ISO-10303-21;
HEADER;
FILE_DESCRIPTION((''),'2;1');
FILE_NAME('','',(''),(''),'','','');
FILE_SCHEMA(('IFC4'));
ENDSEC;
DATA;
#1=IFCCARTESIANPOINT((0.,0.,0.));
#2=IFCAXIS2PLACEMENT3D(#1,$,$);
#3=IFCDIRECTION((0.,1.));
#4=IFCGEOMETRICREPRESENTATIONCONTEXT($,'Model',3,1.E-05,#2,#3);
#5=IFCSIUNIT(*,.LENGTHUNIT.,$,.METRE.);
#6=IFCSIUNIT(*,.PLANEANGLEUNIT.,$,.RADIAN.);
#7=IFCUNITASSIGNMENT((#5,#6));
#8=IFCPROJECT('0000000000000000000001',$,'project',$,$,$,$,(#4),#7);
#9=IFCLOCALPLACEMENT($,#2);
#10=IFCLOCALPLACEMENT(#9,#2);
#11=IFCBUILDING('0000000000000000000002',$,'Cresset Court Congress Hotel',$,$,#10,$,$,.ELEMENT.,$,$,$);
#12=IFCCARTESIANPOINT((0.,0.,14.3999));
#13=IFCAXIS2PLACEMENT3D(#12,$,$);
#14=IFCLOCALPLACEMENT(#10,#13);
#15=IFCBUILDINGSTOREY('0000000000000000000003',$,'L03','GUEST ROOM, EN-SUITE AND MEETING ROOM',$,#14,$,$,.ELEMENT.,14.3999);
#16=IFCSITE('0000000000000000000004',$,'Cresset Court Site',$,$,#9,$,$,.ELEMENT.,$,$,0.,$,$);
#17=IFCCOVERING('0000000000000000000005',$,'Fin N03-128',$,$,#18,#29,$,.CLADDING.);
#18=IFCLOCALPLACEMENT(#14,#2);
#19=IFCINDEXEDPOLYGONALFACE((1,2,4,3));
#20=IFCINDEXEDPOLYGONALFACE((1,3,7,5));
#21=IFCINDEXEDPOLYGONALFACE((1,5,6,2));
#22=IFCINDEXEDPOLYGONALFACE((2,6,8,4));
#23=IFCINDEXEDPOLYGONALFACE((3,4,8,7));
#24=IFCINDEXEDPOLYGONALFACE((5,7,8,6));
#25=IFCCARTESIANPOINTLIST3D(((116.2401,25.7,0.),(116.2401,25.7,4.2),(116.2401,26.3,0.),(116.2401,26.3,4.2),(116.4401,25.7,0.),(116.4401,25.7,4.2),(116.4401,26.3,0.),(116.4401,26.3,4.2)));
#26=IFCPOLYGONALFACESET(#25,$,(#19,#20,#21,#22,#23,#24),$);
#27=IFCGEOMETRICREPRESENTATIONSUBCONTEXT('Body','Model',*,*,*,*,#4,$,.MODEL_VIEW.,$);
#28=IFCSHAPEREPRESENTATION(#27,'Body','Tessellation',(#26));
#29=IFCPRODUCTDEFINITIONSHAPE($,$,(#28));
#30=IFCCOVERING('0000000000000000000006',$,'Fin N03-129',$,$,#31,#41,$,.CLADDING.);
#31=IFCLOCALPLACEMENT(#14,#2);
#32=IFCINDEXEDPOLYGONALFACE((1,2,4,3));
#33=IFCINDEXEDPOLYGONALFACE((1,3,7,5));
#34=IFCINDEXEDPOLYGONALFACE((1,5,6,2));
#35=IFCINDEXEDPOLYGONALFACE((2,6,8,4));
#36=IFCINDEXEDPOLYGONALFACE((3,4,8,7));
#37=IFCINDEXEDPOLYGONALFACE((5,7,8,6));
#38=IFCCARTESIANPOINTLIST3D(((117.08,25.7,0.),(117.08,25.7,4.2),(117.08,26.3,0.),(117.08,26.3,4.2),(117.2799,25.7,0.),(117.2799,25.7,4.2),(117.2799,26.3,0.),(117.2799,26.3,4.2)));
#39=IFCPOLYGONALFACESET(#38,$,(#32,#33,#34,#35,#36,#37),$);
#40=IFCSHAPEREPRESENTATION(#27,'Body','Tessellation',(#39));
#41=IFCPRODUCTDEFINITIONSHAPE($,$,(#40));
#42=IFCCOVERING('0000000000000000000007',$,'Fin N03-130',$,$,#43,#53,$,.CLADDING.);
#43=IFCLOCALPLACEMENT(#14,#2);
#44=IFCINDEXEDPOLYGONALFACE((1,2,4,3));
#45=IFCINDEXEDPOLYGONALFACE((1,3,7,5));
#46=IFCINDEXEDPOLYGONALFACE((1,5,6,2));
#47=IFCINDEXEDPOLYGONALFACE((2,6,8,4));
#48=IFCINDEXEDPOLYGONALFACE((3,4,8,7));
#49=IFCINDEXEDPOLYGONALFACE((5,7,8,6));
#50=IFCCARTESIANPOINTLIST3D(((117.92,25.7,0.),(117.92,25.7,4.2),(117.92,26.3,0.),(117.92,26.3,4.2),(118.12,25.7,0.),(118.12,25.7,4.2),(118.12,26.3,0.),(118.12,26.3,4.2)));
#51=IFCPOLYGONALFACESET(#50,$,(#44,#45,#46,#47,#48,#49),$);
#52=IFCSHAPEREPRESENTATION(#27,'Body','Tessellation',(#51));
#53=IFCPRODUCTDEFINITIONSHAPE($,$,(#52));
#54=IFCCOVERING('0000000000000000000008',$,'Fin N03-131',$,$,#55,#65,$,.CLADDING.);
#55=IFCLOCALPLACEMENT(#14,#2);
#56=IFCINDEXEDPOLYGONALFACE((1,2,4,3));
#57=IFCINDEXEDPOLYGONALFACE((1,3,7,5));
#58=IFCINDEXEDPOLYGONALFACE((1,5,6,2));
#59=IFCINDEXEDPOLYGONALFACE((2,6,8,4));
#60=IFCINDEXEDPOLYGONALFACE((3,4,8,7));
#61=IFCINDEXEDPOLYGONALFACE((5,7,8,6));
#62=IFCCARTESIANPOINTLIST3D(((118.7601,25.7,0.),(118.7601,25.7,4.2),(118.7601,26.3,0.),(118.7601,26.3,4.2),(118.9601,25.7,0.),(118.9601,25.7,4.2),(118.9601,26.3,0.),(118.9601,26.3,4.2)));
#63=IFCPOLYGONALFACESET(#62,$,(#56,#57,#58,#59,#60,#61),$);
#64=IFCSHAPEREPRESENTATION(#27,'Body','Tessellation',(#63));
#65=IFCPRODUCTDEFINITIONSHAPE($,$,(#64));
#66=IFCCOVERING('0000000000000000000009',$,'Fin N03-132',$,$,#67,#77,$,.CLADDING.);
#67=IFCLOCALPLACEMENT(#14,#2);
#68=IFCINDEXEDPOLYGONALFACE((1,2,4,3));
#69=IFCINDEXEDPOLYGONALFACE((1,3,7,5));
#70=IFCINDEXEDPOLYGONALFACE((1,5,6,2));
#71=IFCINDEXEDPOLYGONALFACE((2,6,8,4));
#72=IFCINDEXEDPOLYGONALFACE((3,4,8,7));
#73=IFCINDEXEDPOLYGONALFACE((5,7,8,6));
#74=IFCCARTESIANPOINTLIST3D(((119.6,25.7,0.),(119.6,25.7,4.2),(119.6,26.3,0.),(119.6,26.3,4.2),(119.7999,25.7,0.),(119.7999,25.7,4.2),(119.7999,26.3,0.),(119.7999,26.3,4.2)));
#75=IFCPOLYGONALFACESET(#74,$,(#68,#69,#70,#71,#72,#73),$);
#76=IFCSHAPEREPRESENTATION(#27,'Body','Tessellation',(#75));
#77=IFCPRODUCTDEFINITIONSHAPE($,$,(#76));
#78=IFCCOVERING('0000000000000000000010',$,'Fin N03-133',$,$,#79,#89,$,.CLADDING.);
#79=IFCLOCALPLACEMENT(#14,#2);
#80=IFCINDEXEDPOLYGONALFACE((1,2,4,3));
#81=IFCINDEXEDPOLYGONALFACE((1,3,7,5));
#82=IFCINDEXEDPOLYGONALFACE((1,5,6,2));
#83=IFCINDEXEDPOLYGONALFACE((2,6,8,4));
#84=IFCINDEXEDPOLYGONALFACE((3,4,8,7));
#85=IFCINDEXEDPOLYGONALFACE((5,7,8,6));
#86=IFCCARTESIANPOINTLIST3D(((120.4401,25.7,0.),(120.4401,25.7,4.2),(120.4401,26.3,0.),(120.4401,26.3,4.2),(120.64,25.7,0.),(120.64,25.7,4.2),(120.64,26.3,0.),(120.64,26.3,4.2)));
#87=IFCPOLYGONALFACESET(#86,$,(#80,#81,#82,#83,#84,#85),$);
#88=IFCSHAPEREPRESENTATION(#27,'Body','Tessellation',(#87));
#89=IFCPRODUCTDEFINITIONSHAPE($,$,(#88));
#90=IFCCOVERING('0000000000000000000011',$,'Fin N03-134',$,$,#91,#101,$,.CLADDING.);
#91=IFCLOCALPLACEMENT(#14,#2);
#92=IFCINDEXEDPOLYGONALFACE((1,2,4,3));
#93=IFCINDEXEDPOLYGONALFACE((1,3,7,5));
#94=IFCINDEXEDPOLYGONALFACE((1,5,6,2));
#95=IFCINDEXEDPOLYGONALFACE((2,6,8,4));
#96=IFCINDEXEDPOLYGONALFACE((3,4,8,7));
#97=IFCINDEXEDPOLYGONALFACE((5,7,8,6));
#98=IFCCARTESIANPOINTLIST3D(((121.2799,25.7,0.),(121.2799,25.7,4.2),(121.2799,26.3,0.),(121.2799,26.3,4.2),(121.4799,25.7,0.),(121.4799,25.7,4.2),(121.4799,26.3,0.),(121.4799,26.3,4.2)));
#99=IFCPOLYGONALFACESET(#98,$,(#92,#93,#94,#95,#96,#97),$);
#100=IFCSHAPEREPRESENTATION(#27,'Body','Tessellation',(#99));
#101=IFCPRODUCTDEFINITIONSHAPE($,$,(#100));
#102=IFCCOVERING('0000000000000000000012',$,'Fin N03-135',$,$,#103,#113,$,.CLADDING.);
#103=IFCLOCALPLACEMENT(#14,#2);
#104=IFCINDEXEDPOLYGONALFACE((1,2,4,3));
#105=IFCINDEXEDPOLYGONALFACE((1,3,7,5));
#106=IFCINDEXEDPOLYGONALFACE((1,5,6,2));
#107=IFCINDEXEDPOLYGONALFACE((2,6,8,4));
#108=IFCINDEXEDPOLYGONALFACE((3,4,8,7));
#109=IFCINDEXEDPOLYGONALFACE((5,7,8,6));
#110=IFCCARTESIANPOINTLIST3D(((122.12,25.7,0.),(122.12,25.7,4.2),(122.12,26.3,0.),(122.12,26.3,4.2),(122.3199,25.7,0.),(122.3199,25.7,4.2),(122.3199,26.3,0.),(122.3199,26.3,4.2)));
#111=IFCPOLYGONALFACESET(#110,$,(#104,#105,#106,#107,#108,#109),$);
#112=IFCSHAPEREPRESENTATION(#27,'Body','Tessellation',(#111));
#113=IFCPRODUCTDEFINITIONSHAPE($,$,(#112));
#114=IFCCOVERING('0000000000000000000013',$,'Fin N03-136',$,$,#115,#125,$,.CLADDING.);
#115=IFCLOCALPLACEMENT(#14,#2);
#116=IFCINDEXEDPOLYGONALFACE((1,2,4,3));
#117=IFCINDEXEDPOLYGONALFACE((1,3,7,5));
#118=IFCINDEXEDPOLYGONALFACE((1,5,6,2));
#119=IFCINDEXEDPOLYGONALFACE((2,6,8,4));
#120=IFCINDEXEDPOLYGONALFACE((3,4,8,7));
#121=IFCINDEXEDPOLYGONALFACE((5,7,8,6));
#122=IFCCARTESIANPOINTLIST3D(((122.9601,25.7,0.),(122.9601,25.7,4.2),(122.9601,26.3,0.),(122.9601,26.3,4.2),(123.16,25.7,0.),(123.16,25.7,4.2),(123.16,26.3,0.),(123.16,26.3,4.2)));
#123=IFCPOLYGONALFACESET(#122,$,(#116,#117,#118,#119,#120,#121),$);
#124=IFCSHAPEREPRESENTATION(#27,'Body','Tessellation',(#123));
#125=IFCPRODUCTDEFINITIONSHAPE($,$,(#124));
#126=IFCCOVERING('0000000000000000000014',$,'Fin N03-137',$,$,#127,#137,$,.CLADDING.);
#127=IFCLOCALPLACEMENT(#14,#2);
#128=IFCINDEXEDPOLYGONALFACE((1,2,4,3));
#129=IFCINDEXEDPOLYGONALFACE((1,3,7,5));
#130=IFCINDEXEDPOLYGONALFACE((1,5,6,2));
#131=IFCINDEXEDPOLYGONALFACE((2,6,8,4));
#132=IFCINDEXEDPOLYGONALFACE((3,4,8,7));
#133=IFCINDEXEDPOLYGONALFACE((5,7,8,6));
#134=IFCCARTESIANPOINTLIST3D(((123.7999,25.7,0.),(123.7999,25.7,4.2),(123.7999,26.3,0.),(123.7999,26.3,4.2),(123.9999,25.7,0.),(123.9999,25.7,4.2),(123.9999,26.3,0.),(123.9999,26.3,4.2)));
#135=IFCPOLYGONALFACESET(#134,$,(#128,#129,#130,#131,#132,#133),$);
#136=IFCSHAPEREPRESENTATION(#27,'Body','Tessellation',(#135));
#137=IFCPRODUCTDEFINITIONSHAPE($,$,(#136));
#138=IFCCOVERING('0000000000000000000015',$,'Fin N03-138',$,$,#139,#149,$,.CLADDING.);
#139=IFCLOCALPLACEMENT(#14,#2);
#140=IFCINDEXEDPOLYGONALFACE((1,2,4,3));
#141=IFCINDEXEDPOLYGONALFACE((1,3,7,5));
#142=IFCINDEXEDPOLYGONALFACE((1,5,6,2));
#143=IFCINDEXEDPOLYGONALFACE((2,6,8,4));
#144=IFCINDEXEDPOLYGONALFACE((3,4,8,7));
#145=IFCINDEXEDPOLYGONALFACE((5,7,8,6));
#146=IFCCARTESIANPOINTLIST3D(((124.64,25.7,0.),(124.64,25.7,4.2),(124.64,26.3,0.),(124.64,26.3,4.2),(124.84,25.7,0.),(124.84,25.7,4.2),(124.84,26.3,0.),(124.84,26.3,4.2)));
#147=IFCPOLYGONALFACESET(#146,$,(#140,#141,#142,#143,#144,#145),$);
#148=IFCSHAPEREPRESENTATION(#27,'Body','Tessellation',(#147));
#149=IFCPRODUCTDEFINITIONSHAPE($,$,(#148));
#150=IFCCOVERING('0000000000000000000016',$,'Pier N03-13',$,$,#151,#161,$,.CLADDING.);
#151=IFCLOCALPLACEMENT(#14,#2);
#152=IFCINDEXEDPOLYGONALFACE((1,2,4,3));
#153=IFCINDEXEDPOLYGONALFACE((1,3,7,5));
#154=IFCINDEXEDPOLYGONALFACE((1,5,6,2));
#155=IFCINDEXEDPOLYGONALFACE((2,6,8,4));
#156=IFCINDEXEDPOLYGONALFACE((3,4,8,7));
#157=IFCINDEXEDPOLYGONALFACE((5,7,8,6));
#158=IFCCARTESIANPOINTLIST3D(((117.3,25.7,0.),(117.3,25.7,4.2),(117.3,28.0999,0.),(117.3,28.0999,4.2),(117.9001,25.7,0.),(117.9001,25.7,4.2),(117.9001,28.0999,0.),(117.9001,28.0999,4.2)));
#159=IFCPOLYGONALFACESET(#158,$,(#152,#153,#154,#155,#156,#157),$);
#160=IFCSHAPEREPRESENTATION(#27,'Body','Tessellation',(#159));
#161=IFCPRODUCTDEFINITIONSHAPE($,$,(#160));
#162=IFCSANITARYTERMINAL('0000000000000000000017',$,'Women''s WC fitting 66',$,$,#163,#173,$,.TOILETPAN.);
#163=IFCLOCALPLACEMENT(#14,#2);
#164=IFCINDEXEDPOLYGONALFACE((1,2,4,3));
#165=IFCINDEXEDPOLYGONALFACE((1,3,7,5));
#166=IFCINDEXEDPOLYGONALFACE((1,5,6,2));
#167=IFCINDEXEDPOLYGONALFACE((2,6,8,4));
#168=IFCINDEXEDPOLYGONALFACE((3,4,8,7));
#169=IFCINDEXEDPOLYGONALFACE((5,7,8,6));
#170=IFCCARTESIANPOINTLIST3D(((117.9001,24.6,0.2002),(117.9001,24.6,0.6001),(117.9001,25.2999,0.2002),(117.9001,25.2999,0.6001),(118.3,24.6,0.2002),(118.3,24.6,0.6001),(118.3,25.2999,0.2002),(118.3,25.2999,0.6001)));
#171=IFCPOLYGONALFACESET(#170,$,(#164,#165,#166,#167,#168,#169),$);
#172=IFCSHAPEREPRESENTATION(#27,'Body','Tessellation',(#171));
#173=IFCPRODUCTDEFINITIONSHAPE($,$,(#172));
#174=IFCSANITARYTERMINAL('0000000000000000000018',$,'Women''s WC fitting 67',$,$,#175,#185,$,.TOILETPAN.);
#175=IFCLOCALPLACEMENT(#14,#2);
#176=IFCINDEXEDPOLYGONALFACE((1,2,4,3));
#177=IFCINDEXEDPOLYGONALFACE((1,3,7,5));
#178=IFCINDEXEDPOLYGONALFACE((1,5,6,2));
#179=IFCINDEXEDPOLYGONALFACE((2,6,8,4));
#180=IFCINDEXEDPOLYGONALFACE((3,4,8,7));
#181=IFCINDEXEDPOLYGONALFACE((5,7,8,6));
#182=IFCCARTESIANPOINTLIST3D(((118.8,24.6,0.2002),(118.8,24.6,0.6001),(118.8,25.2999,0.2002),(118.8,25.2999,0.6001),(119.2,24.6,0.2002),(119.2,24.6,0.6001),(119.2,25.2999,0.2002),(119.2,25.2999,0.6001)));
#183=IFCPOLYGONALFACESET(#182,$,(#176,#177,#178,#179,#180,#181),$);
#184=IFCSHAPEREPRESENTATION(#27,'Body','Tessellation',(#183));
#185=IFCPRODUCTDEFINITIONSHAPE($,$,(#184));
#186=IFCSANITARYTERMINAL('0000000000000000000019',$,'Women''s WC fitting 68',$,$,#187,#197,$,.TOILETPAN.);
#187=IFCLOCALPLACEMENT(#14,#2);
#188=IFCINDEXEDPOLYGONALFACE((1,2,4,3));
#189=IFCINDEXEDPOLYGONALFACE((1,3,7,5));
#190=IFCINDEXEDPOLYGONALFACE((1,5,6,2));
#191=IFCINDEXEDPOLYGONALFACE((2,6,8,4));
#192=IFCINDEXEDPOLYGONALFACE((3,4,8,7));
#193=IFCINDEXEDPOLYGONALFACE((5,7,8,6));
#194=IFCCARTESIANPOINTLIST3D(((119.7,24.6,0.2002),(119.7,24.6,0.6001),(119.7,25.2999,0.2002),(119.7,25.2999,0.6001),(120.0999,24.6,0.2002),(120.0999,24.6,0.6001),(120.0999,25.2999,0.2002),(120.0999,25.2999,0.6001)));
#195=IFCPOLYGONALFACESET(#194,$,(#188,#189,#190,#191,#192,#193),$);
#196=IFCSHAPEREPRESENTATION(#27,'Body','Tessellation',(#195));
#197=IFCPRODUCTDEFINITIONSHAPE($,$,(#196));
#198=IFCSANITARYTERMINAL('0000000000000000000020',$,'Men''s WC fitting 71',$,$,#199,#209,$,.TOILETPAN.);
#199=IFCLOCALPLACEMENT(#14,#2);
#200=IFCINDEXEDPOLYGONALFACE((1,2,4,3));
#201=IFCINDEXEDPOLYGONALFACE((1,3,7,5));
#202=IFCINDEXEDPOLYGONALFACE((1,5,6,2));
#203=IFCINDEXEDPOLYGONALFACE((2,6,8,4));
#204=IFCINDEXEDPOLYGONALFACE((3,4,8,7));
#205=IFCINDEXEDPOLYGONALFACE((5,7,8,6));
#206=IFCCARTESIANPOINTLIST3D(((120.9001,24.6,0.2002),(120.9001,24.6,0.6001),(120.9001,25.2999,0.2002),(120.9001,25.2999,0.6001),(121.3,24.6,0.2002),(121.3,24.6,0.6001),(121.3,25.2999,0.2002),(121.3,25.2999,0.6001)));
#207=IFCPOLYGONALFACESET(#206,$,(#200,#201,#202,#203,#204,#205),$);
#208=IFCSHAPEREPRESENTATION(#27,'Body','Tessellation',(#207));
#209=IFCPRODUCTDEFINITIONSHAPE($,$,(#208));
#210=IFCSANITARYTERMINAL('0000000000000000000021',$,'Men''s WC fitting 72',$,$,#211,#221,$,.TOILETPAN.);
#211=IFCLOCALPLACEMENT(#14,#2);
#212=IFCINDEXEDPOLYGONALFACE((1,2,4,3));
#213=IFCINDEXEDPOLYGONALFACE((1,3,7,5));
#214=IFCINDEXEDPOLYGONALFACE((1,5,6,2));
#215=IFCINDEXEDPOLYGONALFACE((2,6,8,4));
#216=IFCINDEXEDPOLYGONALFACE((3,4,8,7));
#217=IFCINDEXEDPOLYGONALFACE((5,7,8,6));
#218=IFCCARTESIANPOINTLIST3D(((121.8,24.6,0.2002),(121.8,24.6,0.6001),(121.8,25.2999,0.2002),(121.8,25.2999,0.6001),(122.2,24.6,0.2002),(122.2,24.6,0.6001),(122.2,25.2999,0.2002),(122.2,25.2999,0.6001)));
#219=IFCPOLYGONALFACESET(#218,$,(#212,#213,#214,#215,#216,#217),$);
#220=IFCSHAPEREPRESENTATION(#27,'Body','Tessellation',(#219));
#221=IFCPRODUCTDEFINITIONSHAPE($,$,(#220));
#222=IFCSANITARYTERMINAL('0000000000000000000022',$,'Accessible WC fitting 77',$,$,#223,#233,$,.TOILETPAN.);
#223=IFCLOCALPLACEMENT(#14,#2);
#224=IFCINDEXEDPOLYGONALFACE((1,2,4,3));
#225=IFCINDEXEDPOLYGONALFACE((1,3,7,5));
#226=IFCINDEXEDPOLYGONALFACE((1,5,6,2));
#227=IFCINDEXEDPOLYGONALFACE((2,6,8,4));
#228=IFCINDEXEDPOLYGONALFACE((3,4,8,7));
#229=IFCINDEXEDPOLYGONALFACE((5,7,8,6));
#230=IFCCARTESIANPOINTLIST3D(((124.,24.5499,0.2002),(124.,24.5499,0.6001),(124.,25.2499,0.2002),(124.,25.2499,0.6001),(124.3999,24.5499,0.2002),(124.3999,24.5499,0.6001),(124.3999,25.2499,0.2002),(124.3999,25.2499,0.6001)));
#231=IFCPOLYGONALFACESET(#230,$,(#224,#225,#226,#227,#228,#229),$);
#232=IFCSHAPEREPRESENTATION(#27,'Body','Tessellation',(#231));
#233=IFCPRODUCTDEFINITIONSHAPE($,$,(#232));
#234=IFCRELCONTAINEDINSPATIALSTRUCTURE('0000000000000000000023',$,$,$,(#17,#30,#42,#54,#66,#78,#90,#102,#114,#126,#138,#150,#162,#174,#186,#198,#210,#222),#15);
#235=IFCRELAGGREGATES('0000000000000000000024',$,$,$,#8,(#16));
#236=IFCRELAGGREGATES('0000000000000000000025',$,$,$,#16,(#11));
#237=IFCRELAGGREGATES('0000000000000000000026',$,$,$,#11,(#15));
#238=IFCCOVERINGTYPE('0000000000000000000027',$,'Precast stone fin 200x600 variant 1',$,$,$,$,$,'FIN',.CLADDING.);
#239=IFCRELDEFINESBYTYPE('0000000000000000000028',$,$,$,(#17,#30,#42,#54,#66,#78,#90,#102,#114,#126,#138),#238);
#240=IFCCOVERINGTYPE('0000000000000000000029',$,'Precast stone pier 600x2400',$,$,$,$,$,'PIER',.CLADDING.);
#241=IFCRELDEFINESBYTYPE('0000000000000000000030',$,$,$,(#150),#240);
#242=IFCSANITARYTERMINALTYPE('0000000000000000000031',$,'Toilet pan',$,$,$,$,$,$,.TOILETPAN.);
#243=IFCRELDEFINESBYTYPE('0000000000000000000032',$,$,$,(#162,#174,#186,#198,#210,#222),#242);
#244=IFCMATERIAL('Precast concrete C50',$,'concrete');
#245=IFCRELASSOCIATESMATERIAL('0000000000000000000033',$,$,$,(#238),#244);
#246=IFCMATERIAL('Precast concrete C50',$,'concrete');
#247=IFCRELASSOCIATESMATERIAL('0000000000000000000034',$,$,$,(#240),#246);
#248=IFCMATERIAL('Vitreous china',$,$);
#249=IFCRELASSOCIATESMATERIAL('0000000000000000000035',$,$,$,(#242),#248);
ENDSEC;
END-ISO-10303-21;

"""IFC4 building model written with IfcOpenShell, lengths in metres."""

from ifc_helpers import new_model, si_unit, direction, frame, origin, origin_2d, place, context, subcontext, project, spatial, rectangle, extrude, material, type_object, element, save


model = new_model("IFC4")

# Units and contexts
model_context = context("Model", 3, precision=1e-05, world=origin(), true_north=direction((0.0, 1.0)))
body_context = subcontext(model_context, "Body", "Model", "MODEL_VIEW")
ifc_project = project(units=[si_unit("LENGTHUNIT", "METRE"), si_unit("PLANEANGLEUNIT", "RADIAN")], contexts=[model_context])

# Site, building, storey
site_placement = place(None, origin())
site = spatial("IfcSite", under=ifc_project, at=site_placement, Name="Cresset Court Site", CompositionType="ELEMENT", RefElevation=0.0)
building_placement = place(site_placement, origin())
building = spatial("IfcBuilding", under=site, at=building_placement, Name="Cresset Court Congress Hotel", CompositionType="ELEMENT")
storey_placement = place(building_placement, frame((0.0, 0.0, 14.3999)))
storey = spatial("IfcBuildingStorey", under=building, at=storey_placement, Name="L03", Description="GUEST ROOM, EN-SUITE AND MEETING ROOM", CompositionType="ELEMENT", Elevation=14.3999)

# Coverings
ifc_material_1 = material(Name="Precast concrete C50", Category="concrete")
covering_type_1 = type_object("IfcCoveringType", Name="Precast stone fin 200x600 variant 1", ElementType="FIN", PredefinedType="CLADDING", material=ifc_material_1)
for number, where, z_axis, x_axis, name in (
    (1, (116.3401, 26.0, 0.0), (0.0, 0.0, 1.0), (1.0, 0.0, 0.0), "Fin N03-128"),
    (2, (117.1799, 26.0, 0.0), (0.0, 0.0, 1.0), (1.0, 0.0, 0.0), "Fin N03-129"),
    (3, (118.02, 26.0, 0.0), (0.0, 0.0, 1.0), (1.0, 0.0, 0.0), "Fin N03-130"),
    (4, (118.8601, 26.0, 0.0), (0.0, 0.0, 1.0), (1.0, 0.0, 0.0), "Fin N03-131"),
    (5, (119.7, 26.0, 0.0), (0.0, 0.0, 1.0), (1.0, 0.0, 0.0), "Fin N03-132"),
    (6, (120.54, 26.0, 0.0), (0.0, 0.0, 1.0), (1.0, 0.0, 0.0), "Fin N03-133"),
    (7, (121.3799, 26.0, 0.0), (0.0, 0.0, 1.0), (1.0, 0.0, 0.0), "Fin N03-134"),
    (8, (122.22, 26.0, 0.0), (0.0, 0.0, 1.0), (1.0, 0.0, 0.0), "Fin N03-135"),
    (9, (123.0601, 26.0, 0.0), (0.0, 0.0, 1.0), (1.0, 0.0, 0.0), "Fin N03-136"),
    (10, (123.8999, 26.0, 0.0), (0.0, 0.0, 1.0), (1.0, 0.0, 0.0), "Fin N03-137"),
    (11, (124.74, 26.0, 0.0), (0.0, 0.0, 1.0), (1.0, 0.0, 0.0), "Fin N03-138"),
):
    element("IfcCovering", number, at=place(storey_placement, frame(where, z_axis=z_axis, x_axis=x_axis)), inside=storey, type_object=covering_type_1, Name=name, PredefinedType="CLADDING", context=body_context, shape_type="SweptSolid", body=[
        extrude(rectangle(XDim=0.2, YDim=0.6001, at=origin_2d()), origin(), (0.0, 0.0, 1.0), 4.2),
    ])
ifc_material_2 = material(Name="Precast concrete C50", Category="concrete")
covering_type_2 = type_object("IfcCoveringType", Name="Precast stone pier 600x2400", ElementType="PIER", PredefinedType="CLADDING", material=ifc_material_2)
covering_placement = place(storey_placement, frame((117.6001, 26.8999, 0.0), z_axis=(0.0, 0.0, 1.0), x_axis=(1.0, 0.0, 0.0)))
element("IfcCovering", 12, at=covering_placement, inside=storey, type_object=covering_type_2, Name="Pier N03-13", PredefinedType="CLADDING", context=body_context, shape_type="SweptSolid", body=[
    extrude(rectangle(XDim=0.6001, YDim=2.3999, at=origin_2d()), origin(), (0.0, 0.0, 1.0), 4.2),
])

# Sanitary terminals
ifc_material_3 = material(Name="Vitreous china")
sanitary_terminal_type = type_object("IfcSanitaryTerminalType", Name="Toilet pan", PredefinedType="TOILETPAN", material=ifc_material_3)
for number, where, z_axis, x_axis, name in (
    (13, (118.1001, 24.95, 0.2002), (0.0, 0.0, 1.0), (1.0, 0.0, 0.0), "Women's WC fitting 66"),
    (14, (119.0, 24.95, 0.2002), (0.0, 0.0, 1.0), (1.0, 0.0, 0.0), "Women's WC fitting 67"),
    (15, (119.8999, 24.95, 0.2002), (0.0, 0.0, 1.0), (1.0, 0.0, 0.0), "Women's WC fitting 68"),
    (16, (121.1001, 24.95, 0.2002), (0.0, 0.0, 1.0), (1.0, 0.0, 0.0), "Men's WC fitting 71"),
    (17, (122.0, 24.95, 0.2002), (0.0, 0.0, 1.0), (1.0, 0.0, 0.0), "Men's WC fitting 72"),
    (18, (124.2, 24.8999, 0.2002), (0.0, 0.0, 1.0), (1.0, 0.0, 0.0), "Accessible WC fitting 77"),
):
    element("IfcSanitaryTerminal", number, at=place(storey_placement, frame(where, z_axis=z_axis, x_axis=x_axis)), inside=storey, type_object=sanitary_terminal_type, Name=name, PredefinedType="TOILETPAN", context=body_context, shape_type="SweptSolid", body=[
        extrude(rectangle(XDim=0.3999, YDim=0.7, at=origin_2d()), origin(), (0.0, 0.0, 1.0), 0.3999),
    ])

save(model, "model.ifc")
